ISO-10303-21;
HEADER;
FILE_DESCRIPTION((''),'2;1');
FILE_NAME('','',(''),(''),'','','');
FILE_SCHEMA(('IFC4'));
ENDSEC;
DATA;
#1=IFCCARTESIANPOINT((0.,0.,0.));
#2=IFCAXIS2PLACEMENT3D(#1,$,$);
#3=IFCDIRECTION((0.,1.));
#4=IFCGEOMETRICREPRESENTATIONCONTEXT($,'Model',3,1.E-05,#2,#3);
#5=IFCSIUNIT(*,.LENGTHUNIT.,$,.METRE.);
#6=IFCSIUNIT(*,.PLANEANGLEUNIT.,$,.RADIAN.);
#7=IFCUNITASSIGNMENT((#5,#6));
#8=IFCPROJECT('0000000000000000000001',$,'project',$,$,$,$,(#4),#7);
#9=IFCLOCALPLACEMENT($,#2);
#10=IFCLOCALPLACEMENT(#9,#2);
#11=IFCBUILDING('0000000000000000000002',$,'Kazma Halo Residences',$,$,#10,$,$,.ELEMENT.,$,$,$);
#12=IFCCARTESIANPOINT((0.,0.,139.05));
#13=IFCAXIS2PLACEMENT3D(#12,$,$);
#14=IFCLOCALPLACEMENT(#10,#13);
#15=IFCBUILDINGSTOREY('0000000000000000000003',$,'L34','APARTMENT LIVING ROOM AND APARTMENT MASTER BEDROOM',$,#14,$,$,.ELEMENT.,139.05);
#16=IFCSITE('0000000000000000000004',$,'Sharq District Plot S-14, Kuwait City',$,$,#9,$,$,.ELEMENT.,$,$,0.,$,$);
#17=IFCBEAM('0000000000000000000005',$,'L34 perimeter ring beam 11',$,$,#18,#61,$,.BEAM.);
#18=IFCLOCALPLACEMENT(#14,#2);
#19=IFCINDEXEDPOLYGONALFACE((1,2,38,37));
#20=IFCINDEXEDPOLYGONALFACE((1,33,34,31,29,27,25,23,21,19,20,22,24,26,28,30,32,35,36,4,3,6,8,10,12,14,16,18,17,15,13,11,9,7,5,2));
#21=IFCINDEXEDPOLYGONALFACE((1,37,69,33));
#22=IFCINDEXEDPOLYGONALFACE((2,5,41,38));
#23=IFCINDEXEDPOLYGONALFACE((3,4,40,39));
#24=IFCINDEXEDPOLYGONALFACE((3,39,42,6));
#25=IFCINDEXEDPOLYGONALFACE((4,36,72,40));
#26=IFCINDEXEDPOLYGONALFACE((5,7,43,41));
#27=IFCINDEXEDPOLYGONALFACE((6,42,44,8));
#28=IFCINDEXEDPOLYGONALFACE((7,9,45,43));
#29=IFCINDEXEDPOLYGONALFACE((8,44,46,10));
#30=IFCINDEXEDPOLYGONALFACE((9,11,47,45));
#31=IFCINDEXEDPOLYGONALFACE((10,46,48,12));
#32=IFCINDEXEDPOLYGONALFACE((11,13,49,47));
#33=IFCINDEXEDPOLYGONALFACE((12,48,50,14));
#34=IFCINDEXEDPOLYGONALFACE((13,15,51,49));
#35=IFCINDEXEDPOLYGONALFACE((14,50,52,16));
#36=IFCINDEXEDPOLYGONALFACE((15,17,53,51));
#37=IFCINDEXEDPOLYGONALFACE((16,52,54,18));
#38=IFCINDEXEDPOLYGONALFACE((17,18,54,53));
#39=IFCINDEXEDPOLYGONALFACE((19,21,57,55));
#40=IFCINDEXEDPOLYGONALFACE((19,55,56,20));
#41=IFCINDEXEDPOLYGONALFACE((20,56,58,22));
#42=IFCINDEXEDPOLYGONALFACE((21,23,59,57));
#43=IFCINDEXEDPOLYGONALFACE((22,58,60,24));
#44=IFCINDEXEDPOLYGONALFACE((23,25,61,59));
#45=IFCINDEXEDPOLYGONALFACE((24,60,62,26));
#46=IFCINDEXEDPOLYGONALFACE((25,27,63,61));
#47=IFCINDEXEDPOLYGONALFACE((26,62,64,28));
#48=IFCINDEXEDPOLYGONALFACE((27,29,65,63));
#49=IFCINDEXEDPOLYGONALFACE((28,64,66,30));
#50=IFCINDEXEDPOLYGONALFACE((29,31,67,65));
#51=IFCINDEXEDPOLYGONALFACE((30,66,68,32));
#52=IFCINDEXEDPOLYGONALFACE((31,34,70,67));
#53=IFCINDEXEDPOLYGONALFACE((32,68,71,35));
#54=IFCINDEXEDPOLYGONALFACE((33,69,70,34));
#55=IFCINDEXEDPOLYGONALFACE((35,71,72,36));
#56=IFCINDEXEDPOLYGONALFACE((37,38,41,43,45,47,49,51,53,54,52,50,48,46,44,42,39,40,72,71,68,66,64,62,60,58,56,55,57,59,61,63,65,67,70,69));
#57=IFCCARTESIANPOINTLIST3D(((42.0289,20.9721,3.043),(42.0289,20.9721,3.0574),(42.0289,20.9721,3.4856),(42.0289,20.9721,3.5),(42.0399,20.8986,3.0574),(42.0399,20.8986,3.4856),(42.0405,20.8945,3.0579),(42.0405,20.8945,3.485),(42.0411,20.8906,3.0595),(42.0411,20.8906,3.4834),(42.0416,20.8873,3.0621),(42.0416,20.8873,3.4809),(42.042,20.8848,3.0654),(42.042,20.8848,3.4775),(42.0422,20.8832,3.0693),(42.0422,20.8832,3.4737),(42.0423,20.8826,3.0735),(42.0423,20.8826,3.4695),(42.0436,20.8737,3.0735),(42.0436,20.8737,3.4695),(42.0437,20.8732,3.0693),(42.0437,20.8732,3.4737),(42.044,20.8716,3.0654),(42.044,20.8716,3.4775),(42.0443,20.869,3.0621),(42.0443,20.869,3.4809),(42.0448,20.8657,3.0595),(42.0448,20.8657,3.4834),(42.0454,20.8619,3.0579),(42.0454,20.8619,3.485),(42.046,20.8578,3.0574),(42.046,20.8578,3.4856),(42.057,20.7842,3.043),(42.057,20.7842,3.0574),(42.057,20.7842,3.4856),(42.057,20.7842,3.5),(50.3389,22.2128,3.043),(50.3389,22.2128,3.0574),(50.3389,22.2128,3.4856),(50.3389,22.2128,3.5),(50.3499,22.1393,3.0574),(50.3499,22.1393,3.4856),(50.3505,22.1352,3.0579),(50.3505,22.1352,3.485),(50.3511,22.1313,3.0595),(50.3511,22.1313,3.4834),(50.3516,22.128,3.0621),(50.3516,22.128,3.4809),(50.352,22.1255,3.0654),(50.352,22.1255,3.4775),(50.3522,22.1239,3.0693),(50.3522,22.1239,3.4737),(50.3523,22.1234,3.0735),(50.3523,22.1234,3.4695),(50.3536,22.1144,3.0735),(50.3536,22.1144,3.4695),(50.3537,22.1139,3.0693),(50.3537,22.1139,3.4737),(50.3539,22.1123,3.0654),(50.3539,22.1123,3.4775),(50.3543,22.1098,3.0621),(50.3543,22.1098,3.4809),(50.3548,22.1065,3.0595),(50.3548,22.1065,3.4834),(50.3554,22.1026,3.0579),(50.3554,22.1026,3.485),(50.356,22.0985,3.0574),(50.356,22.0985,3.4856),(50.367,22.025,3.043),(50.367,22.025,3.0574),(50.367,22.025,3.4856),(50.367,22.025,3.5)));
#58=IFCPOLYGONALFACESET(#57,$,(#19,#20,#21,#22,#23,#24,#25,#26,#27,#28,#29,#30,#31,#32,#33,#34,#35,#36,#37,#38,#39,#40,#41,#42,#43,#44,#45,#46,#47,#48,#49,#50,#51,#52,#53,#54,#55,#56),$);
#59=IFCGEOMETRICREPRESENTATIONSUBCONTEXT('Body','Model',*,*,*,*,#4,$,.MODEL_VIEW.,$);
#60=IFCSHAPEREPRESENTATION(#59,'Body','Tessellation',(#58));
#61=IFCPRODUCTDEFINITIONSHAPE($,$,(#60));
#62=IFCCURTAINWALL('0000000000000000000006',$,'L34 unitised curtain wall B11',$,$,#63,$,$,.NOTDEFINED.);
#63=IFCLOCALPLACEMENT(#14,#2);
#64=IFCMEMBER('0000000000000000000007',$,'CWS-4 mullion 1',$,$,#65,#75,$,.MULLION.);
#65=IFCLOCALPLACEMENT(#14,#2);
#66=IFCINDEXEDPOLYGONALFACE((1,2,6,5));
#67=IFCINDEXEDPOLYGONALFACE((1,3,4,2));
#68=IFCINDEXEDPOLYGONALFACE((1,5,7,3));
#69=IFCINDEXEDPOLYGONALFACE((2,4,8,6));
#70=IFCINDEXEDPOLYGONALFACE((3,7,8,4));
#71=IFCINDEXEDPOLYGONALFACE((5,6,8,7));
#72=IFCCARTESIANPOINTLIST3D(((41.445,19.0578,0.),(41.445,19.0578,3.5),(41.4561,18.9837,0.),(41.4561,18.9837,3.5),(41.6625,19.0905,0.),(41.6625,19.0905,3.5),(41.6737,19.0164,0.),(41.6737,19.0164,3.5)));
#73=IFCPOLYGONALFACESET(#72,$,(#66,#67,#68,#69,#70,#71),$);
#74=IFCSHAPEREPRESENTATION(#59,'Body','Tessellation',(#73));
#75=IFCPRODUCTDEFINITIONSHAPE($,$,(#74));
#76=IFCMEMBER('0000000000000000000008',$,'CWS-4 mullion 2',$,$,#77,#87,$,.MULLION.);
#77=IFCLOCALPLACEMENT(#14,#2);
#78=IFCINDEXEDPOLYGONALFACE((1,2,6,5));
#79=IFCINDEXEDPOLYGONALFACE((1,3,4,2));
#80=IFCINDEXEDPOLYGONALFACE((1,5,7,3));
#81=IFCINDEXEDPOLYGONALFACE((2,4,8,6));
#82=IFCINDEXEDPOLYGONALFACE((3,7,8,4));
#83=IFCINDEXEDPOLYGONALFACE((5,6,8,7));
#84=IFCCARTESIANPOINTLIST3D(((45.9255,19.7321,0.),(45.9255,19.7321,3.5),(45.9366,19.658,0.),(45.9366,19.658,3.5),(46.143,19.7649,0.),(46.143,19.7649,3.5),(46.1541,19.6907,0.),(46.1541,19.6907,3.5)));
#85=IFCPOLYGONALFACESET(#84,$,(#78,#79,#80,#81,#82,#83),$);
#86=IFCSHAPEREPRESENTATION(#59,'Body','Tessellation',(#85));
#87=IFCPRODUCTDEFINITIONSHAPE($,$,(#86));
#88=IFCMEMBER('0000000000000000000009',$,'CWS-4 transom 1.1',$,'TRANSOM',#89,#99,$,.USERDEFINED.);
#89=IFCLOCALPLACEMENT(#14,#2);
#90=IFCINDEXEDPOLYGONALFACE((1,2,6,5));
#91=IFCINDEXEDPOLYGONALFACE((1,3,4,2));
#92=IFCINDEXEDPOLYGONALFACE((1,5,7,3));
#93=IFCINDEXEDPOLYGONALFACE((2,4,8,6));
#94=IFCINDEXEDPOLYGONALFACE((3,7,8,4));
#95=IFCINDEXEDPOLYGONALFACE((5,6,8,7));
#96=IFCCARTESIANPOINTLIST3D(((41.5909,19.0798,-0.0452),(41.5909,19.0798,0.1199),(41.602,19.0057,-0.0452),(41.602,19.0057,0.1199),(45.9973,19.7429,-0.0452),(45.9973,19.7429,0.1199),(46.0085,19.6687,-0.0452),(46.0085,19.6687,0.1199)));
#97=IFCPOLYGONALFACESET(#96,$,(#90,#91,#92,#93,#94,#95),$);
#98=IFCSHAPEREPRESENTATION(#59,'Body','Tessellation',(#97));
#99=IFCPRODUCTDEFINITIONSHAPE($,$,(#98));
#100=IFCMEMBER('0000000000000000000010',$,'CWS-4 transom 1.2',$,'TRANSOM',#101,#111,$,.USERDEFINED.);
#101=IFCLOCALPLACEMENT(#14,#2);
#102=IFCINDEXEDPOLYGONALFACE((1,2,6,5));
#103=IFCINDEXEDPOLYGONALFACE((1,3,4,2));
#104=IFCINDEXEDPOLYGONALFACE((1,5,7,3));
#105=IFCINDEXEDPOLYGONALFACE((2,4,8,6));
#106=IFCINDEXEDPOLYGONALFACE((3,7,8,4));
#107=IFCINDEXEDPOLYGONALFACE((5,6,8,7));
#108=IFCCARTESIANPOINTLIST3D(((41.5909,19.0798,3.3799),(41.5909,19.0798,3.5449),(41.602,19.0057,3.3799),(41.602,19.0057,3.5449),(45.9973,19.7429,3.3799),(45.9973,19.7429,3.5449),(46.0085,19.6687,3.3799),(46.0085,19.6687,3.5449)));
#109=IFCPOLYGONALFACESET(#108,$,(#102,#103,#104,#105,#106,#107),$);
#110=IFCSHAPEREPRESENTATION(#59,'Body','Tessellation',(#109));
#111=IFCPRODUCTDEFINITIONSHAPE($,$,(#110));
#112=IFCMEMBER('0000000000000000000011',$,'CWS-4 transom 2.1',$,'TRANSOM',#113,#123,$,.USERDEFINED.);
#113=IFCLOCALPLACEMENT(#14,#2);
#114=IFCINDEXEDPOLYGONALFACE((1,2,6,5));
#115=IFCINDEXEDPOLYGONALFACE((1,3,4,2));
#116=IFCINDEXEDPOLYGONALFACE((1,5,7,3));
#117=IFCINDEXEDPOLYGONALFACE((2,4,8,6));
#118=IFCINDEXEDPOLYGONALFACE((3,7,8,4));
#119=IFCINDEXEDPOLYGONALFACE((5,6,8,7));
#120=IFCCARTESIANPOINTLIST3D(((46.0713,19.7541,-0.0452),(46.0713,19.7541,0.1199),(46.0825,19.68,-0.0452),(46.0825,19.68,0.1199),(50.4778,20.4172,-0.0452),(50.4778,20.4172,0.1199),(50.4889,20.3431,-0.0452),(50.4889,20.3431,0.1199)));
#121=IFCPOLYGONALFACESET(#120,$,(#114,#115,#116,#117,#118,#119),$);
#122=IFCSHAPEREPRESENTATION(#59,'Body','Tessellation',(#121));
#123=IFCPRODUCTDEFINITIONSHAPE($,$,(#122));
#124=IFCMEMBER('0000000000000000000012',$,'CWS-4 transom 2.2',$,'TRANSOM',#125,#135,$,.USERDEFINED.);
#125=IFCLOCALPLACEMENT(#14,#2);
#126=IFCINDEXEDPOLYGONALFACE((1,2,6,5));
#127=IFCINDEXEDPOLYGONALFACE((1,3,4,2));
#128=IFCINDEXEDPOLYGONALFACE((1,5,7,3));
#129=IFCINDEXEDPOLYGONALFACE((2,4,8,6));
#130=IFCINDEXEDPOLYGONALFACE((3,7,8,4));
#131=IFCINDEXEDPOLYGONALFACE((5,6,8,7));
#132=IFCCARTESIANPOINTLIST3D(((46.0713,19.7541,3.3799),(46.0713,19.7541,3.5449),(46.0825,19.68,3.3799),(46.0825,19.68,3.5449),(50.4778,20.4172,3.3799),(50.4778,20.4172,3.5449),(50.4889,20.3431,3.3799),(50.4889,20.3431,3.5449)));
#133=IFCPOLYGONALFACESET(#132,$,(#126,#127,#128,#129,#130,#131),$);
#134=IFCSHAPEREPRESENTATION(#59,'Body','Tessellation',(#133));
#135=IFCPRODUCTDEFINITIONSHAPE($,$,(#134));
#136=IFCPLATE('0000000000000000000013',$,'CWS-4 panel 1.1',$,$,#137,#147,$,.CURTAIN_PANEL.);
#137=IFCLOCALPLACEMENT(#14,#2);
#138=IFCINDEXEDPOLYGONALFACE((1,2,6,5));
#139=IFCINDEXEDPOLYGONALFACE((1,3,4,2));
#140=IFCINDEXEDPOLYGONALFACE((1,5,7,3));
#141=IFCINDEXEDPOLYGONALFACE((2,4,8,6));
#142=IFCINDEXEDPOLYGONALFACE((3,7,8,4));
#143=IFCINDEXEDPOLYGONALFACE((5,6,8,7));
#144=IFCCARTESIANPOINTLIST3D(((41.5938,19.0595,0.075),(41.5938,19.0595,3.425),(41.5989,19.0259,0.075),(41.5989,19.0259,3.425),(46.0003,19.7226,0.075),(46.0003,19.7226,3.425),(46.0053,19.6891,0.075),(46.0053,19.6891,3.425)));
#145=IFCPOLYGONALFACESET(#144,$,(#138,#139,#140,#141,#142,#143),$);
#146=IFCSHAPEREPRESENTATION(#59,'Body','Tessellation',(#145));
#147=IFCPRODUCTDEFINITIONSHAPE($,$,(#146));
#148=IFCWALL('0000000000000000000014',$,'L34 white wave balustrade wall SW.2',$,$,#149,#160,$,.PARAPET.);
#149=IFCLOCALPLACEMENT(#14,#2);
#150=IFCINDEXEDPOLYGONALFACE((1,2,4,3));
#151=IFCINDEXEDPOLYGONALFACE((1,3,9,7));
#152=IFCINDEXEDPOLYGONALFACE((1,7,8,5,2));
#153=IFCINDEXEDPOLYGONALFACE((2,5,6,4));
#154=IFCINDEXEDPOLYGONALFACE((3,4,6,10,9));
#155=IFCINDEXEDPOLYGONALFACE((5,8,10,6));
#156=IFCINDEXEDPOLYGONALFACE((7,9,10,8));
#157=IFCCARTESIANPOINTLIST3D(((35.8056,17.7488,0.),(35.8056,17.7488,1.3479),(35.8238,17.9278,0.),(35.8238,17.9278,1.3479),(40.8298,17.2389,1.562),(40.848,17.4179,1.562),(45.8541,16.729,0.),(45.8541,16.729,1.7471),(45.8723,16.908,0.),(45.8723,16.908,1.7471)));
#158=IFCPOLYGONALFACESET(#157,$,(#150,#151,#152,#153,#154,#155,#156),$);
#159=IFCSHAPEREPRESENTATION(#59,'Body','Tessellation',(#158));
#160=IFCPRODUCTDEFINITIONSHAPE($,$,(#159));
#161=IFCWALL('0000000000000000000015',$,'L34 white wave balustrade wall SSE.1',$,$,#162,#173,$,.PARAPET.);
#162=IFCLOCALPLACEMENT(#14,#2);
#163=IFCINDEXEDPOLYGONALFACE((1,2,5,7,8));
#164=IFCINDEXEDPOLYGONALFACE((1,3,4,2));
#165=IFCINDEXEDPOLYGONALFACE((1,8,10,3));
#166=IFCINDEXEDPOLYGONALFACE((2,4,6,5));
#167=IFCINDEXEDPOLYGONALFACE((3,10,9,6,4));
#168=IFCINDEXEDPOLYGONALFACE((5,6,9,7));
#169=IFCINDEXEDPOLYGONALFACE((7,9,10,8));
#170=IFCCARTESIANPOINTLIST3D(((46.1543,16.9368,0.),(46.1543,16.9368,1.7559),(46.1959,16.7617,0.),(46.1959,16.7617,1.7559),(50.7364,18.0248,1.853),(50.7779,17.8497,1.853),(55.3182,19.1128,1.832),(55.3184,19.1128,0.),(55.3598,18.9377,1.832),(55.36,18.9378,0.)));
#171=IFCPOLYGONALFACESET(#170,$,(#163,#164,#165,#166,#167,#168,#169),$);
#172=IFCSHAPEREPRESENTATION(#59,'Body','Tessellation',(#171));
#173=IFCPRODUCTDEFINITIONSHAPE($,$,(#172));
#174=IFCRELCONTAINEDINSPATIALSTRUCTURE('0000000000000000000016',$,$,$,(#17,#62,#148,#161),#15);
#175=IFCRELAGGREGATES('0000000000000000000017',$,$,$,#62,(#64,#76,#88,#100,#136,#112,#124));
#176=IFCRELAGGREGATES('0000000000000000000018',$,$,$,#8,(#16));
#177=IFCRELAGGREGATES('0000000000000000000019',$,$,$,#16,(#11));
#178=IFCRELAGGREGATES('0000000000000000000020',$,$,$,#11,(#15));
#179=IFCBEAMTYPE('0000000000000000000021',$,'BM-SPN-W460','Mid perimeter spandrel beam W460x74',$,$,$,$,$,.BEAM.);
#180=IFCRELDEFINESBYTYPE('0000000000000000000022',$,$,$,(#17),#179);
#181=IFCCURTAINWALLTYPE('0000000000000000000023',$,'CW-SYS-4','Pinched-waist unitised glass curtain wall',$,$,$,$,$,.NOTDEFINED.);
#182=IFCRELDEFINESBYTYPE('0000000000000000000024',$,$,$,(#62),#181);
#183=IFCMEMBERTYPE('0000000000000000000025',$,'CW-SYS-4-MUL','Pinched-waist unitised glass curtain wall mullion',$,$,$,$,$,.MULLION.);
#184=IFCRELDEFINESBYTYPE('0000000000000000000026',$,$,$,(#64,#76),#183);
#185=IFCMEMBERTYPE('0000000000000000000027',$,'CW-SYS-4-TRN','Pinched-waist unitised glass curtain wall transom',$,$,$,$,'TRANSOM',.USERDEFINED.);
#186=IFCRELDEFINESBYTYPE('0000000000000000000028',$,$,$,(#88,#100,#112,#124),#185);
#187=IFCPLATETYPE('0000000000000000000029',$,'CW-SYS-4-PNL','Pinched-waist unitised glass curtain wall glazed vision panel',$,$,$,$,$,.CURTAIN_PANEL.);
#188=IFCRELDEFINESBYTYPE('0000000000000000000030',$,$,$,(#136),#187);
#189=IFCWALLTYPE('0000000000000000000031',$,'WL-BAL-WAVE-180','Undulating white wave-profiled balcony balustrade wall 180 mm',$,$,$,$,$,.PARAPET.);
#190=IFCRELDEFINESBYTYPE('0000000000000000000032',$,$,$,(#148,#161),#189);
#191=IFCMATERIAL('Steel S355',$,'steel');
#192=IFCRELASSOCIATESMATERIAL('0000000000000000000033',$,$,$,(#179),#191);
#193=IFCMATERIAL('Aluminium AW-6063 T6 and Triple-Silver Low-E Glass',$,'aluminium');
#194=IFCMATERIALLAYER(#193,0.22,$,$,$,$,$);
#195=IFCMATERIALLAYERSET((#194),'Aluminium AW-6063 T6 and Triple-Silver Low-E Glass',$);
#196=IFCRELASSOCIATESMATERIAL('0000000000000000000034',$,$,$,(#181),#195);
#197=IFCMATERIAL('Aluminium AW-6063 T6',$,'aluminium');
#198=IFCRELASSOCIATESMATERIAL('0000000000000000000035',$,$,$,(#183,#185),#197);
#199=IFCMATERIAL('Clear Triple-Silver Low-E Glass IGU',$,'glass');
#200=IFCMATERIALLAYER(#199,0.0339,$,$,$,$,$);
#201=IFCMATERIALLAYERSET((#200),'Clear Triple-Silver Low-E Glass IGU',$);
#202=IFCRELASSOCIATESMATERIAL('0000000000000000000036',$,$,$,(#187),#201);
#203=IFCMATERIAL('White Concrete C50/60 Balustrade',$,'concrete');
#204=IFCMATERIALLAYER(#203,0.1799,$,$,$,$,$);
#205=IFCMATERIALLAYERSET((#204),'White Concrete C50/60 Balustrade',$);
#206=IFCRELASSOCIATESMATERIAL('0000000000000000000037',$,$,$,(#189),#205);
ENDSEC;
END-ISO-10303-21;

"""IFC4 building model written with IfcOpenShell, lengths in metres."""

from ifc_helpers import new_model, si_unit, direction, frame, origin, origin_2d, place, context, subcontext, project, spatial, polyline, rectangle, i_section, outline, extrude, material, layer, layer_set, material_profile, profile_set, type_object, element, aggregate, save


model = new_model("IFC4")

# Units and contexts
model_context = context("Model", 3, precision=1e-05, world=origin(), true_north=direction((0.0, 1.0)))
body_context = subcontext(model_context, "Body", "Model", "MODEL_VIEW")
ifc_project = project(units=[si_unit("LENGTHUNIT", "METRE"), si_unit("PLANEANGLEUNIT", "RADIAN")], contexts=[model_context])

# Site, building, storey
site_placement = place(None, origin())
site = spatial("IfcSite", under=ifc_project, at=site_placement, Name="Sharq District Plot S-14, Kuwait City", CompositionType="ELEMENT", RefElevation=0.0)
building_placement = place(site_placement, origin())
building = spatial("IfcBuilding", under=site, at=building_placement, Name="Kazma Halo Residences", CompositionType="ELEMENT")
storey_placement = place(building_placement, frame((0.0, 0.0, 139.05)))
storey = spatial("IfcBuildingStorey", under=building, at=storey_placement, Name="L34", Description="APARTMENT LIVING ROOM AND APARTMENT MASTER BEDROOM", CompositionType="ELEMENT", Elevation=139.05)

# Beam
ifc_material_1 = material(Name="Steel S355", Category="steel")
ifc_material_profile_1 = material_profile(ifc_material_1, i_section(OverallWidth=0.1899, OverallDepth=0.457, WebThickness=0.009, FlangeThickness=0.0144, FilletRadius=0.0161, at=origin_2d()), Name="W460x74")
ifc_profile_set_1 = profile_set([ifc_material_profile_1], Name="Steel S355")
beam_type_1 = type_object("IfcBeamType", Name="BM-SPN-W460", Description="Mid perimeter spandrel beam W460x74", PredefinedType="BEAM", material=ifc_profile_set_1)
beam_1_placement = place(storey_placement, frame((42.043, 20.8782, 3.2715), z_axis=(0.989037, 0.147667, 0.0), x_axis=(-0.147667, 0.989037, 0.0)))
element("IfcBeam", 1, at=beam_1_placement, inside=storey, type_object=beam_type_1, Name="L34 perimeter ring beam 11", PredefinedType="BEAM", context=body_context, shape_type="SweptSolid", body=[
    extrude(i_section(OverallWidth=0.1899, OverallDepth=0.457, WebThickness=0.009, FlangeThickness=0.0144, FilletRadius=0.0161, at=origin_2d()), origin(), (0.0, 0.0, 1.0), 8.4021),
])

# Curtain wall, members, plate
ifc_material_2 = material(Name="Aluminium AW-6063 T6 and Triple-Silver Low-E Glass", Category="aluminium")
ifc_layer_1 = layer(ifc_material_2, 0.22)
ifc_layer_set_1 = layer_set([ifc_layer_1], Name="Aluminium AW-6063 T6 and Triple-Silver Low-E Glass")
curtain_wall_type = type_object("IfcCurtainWallType", Name="CW-SYS-4", Description="Pinched-waist unitised glass curtain wall", PredefinedType="NOTDEFINED", material=ifc_layer_set_1)
curtain_wall_placement = place(storey_placement, origin())
curtain_wall = element("IfcCurtainWall", 2, at=curtain_wall_placement, inside=storey, type_object=curtain_wall_type, Name="L34 unitised curtain wall B11", PredefinedType="NOTDEFINED")
ifc_material_3 = material(Name="Aluminium AW-6063 T6", Category="aluminium")
ifc_material_profile_2 = material_profile(ifc_material_3, rectangle(XDim=0.075, YDim=0.22, at=origin_2d()), Name="CWM-75x220")
ifc_profile_set_2 = profile_set([ifc_material_profile_2], Name="Aluminium AW-6063 T6")
member_type_1 = type_object("IfcMemberType", Name="CW-SYS-4-MUL", Description="Pinched-waist unitised glass curtain wall mullion", PredefinedType="MULLION", material=ifc_profile_set_2)
member_1_placement = place(storey_placement, frame((41.5593, 19.0371, 0.0), z_axis=(0.0, 0.0, 1.0), x_axis=(-0.148821, 0.988864, 0.0)))
member_1 = element("IfcMember", 3, at=member_1_placement, type_object=member_type_1, Name="CWS-4 mullion 1", PredefinedType="MULLION", context=body_context, shape_type="SweptSolid", body=[
    extrude(rectangle(XDim=0.075, YDim=0.22, at=origin_2d()), origin(), (0.0, 0.0, 1.0), 3.5),
])
member_2_placement = place(storey_placement, frame((46.0398, 19.7114, 0.0), z_axis=(0.0, 0.0, 1.0), x_axis=(-0.148821, 0.988864, 0.0)))
member_2 = element("IfcMember", 4, at=member_2_placement, type_object=member_type_1, Name="CWS-4 mullion 2", PredefinedType="MULLION", context=body_context, shape_type="SweptSolid", body=[
    extrude(rectangle(XDim=0.075, YDim=0.22, at=origin_2d()), origin(), (0.0, 0.0, 1.0), 3.5),
])
ifc_material_profile_3 = material_profile(ifc_material_3, rectangle(XDim=0.075, YDim=0.165, at=origin_2d()), Name="CWT-75x165")
ifc_profile_set_3 = profile_set([ifc_material_profile_3], Name="Aluminium AW-6063 T6")
member_type_2 = type_object("IfcMemberType", Name="CW-SYS-4-TRN", Description="Pinched-waist unitised glass curtain wall transom", ElementType="TRANSOM", PredefinedType="USERDEFINED", material=ifc_profile_set_3)
member_3_placement = place(storey_placement, frame((41.5964, 19.0427, 0.0374), z_axis=(0.988867, 0.148804, 0.0), x_axis=(-0.148804, 0.988867, 0.0)))
member_3 = element("IfcMember", 5, at=member_3_placement, type_object=member_type_2, Name="CWS-4 transom 1.1", ObjectType="TRANSOM", PredefinedType="USERDEFINED", context=body_context, shape_type="SweptSolid", body=[
    extrude(rectangle(XDim=0.075, YDim=0.165, at=origin_2d()), origin(), (0.0, 0.0, 1.0), 4.4561),
])
member_4_placement = place(storey_placement, frame((41.5964, 19.0427, 3.4624), z_axis=(0.988867, 0.148804, 0.0), x_axis=(-0.148804, 0.988867, 0.0)))
member_4 = element("IfcMember", 6, at=member_4_placement, type_object=member_type_2, Name="CWS-4 transom 1.2", ObjectType="TRANSOM", PredefinedType="USERDEFINED", context=body_context, shape_type="SweptSolid", body=[
    extrude(rectangle(XDim=0.075, YDim=0.165, at=origin_2d()), origin(), (0.0, 0.0, 1.0), 4.4561),
])
member_5_placement = place(storey_placement, frame((46.0769, 19.717, 0.0374), z_axis=(0.988867, 0.148804, 0.0), x_axis=(-0.148804, 0.988867, 0.0)))
member_5 = element("IfcMember", 7, at=member_5_placement, type_object=member_type_2, Name="CWS-4 transom 2.1", ObjectType="TRANSOM", PredefinedType="USERDEFINED", context=body_context, shape_type="SweptSolid", body=[
    extrude(rectangle(XDim=0.075, YDim=0.165, at=origin_2d()), origin(), (0.0, 0.0, 1.0), 4.4561),
])
member_6_placement = place(storey_placement, frame((46.0769, 19.717, 3.4624), z_axis=(0.988867, 0.148804, 0.0), x_axis=(-0.148804, 0.988867, 0.0)))
member_6 = element("IfcMember", 8, at=member_6_placement, type_object=member_type_2, Name="CWS-4 transom 2.2", ObjectType="TRANSOM", PredefinedType="USERDEFINED", context=body_context, shape_type="SweptSolid", body=[
    extrude(rectangle(XDim=0.075, YDim=0.165, at=origin_2d()), origin(), (0.0, 0.0, 1.0), 4.4561),
])
ifc_material_4 = material(Name="Clear Triple-Silver Low-E Glass IGU", Category="glass")
ifc_layer_2 = layer(ifc_material_4, 0.0339)
ifc_layer_set_2 = layer_set([ifc_layer_2], Name="Clear Triple-Silver Low-E Glass IGU")
plate_type = type_object("IfcPlateType", Name="CW-SYS-4-PNL", Description="Pinched-waist unitised glass curtain wall glazed vision panel", PredefinedType="CURTAIN_PANEL", material=ifc_layer_set_2)
plate_placement = place(storey_placement, frame((43.7996, 19.3743, 0.075), z_axis=(0.0, 0.0, 1.0), x_axis=(0.988864, 0.148821, 0.0)))
plate = element("IfcPlate", 9, at=plate_placement, type_object=plate_type, Name="CWS-4 panel 1.1", PredefinedType="CURTAIN_PANEL", context=body_context, shape_type="SweptSolid", body=[
    extrude(rectangle(XDim=4.4561, YDim=0.0339, at=origin_2d()), origin(), (0.0, 0.0, 1.0), 3.3501),
])
aggregate(curtain_wall, [member_1, member_2, member_3, member_4, plate, member_5, member_6])

# Walls
ifc_material_5 = material(Name="White Concrete C50/60 Balustrade", Category="concrete")
ifc_layer_3 = layer(ifc_material_5, 0.1799)
ifc_layer_set_3 = layer_set([ifc_layer_3], Name="White Concrete C50/60 Balustrade")
wall_type_1 = type_object("IfcWallType", Name="WL-BAL-WAVE-180", Description="Undulating white wave-profiled balcony balustrade wall 180 mm", PredefinedType="PARAPET", material=ifc_layer_set_3)
wall_1_placement = place(storey_placement, frame((35.8147, 17.8384, 0.0), z_axis=(0.0, 0.0, 1.0), x_axis=(0.99489, -0.100966, 0.0)))
element("IfcWall", 10, at=wall_1_placement, inside=storey, type_object=wall_type_1, Name="L34 white wave balustrade wall SW.2", PredefinedType="PARAPET", context=body_context, shape_type="SweptSolid", body=[
    extrude(outline(polyline([(0.0, 0.0), (10.1001, 0.0), (10.1001, 1.7471), (5.05, 1.562), (0.0, 1.3479), (0.0, 0.0)])), frame((0.0, 0.0898, 0.0), z_axis=(0.0, -1.0, 0.0), x_axis=(1.0, 0.0, 0.0)), (0.0, 0.0, 1.0), 0.1799),
])
wall_2_placement = place(storey_placement, frame((46.175, 16.8494, 0.0), z_axis=(0.0, 0.0, 1.0), x_axis=(0.972947, 0.231028, 0.0)))
element("IfcWall", 11, at=wall_2_placement, inside=storey, type_object=wall_type_1, Name="L34 white wave balustrade wall SSE.1", PredefinedType="PARAPET", context=body_context, shape_type="SweptSolid", body=[
    extrude(outline(polyline([(0.0, 0.0), (9.4189, 0.0), (9.4187, 1.832), (4.7095, 1.853), (0.0, 1.7559), (0.0, 0.0)])), frame((0.0, 0.0898, 0.0), z_axis=(0.0, -1.0, 0.0), x_axis=(1.0, 0.0, 0.0)), (0.0, 0.0, 1.0), 0.1799),
])

save(model, "model.ifc")
